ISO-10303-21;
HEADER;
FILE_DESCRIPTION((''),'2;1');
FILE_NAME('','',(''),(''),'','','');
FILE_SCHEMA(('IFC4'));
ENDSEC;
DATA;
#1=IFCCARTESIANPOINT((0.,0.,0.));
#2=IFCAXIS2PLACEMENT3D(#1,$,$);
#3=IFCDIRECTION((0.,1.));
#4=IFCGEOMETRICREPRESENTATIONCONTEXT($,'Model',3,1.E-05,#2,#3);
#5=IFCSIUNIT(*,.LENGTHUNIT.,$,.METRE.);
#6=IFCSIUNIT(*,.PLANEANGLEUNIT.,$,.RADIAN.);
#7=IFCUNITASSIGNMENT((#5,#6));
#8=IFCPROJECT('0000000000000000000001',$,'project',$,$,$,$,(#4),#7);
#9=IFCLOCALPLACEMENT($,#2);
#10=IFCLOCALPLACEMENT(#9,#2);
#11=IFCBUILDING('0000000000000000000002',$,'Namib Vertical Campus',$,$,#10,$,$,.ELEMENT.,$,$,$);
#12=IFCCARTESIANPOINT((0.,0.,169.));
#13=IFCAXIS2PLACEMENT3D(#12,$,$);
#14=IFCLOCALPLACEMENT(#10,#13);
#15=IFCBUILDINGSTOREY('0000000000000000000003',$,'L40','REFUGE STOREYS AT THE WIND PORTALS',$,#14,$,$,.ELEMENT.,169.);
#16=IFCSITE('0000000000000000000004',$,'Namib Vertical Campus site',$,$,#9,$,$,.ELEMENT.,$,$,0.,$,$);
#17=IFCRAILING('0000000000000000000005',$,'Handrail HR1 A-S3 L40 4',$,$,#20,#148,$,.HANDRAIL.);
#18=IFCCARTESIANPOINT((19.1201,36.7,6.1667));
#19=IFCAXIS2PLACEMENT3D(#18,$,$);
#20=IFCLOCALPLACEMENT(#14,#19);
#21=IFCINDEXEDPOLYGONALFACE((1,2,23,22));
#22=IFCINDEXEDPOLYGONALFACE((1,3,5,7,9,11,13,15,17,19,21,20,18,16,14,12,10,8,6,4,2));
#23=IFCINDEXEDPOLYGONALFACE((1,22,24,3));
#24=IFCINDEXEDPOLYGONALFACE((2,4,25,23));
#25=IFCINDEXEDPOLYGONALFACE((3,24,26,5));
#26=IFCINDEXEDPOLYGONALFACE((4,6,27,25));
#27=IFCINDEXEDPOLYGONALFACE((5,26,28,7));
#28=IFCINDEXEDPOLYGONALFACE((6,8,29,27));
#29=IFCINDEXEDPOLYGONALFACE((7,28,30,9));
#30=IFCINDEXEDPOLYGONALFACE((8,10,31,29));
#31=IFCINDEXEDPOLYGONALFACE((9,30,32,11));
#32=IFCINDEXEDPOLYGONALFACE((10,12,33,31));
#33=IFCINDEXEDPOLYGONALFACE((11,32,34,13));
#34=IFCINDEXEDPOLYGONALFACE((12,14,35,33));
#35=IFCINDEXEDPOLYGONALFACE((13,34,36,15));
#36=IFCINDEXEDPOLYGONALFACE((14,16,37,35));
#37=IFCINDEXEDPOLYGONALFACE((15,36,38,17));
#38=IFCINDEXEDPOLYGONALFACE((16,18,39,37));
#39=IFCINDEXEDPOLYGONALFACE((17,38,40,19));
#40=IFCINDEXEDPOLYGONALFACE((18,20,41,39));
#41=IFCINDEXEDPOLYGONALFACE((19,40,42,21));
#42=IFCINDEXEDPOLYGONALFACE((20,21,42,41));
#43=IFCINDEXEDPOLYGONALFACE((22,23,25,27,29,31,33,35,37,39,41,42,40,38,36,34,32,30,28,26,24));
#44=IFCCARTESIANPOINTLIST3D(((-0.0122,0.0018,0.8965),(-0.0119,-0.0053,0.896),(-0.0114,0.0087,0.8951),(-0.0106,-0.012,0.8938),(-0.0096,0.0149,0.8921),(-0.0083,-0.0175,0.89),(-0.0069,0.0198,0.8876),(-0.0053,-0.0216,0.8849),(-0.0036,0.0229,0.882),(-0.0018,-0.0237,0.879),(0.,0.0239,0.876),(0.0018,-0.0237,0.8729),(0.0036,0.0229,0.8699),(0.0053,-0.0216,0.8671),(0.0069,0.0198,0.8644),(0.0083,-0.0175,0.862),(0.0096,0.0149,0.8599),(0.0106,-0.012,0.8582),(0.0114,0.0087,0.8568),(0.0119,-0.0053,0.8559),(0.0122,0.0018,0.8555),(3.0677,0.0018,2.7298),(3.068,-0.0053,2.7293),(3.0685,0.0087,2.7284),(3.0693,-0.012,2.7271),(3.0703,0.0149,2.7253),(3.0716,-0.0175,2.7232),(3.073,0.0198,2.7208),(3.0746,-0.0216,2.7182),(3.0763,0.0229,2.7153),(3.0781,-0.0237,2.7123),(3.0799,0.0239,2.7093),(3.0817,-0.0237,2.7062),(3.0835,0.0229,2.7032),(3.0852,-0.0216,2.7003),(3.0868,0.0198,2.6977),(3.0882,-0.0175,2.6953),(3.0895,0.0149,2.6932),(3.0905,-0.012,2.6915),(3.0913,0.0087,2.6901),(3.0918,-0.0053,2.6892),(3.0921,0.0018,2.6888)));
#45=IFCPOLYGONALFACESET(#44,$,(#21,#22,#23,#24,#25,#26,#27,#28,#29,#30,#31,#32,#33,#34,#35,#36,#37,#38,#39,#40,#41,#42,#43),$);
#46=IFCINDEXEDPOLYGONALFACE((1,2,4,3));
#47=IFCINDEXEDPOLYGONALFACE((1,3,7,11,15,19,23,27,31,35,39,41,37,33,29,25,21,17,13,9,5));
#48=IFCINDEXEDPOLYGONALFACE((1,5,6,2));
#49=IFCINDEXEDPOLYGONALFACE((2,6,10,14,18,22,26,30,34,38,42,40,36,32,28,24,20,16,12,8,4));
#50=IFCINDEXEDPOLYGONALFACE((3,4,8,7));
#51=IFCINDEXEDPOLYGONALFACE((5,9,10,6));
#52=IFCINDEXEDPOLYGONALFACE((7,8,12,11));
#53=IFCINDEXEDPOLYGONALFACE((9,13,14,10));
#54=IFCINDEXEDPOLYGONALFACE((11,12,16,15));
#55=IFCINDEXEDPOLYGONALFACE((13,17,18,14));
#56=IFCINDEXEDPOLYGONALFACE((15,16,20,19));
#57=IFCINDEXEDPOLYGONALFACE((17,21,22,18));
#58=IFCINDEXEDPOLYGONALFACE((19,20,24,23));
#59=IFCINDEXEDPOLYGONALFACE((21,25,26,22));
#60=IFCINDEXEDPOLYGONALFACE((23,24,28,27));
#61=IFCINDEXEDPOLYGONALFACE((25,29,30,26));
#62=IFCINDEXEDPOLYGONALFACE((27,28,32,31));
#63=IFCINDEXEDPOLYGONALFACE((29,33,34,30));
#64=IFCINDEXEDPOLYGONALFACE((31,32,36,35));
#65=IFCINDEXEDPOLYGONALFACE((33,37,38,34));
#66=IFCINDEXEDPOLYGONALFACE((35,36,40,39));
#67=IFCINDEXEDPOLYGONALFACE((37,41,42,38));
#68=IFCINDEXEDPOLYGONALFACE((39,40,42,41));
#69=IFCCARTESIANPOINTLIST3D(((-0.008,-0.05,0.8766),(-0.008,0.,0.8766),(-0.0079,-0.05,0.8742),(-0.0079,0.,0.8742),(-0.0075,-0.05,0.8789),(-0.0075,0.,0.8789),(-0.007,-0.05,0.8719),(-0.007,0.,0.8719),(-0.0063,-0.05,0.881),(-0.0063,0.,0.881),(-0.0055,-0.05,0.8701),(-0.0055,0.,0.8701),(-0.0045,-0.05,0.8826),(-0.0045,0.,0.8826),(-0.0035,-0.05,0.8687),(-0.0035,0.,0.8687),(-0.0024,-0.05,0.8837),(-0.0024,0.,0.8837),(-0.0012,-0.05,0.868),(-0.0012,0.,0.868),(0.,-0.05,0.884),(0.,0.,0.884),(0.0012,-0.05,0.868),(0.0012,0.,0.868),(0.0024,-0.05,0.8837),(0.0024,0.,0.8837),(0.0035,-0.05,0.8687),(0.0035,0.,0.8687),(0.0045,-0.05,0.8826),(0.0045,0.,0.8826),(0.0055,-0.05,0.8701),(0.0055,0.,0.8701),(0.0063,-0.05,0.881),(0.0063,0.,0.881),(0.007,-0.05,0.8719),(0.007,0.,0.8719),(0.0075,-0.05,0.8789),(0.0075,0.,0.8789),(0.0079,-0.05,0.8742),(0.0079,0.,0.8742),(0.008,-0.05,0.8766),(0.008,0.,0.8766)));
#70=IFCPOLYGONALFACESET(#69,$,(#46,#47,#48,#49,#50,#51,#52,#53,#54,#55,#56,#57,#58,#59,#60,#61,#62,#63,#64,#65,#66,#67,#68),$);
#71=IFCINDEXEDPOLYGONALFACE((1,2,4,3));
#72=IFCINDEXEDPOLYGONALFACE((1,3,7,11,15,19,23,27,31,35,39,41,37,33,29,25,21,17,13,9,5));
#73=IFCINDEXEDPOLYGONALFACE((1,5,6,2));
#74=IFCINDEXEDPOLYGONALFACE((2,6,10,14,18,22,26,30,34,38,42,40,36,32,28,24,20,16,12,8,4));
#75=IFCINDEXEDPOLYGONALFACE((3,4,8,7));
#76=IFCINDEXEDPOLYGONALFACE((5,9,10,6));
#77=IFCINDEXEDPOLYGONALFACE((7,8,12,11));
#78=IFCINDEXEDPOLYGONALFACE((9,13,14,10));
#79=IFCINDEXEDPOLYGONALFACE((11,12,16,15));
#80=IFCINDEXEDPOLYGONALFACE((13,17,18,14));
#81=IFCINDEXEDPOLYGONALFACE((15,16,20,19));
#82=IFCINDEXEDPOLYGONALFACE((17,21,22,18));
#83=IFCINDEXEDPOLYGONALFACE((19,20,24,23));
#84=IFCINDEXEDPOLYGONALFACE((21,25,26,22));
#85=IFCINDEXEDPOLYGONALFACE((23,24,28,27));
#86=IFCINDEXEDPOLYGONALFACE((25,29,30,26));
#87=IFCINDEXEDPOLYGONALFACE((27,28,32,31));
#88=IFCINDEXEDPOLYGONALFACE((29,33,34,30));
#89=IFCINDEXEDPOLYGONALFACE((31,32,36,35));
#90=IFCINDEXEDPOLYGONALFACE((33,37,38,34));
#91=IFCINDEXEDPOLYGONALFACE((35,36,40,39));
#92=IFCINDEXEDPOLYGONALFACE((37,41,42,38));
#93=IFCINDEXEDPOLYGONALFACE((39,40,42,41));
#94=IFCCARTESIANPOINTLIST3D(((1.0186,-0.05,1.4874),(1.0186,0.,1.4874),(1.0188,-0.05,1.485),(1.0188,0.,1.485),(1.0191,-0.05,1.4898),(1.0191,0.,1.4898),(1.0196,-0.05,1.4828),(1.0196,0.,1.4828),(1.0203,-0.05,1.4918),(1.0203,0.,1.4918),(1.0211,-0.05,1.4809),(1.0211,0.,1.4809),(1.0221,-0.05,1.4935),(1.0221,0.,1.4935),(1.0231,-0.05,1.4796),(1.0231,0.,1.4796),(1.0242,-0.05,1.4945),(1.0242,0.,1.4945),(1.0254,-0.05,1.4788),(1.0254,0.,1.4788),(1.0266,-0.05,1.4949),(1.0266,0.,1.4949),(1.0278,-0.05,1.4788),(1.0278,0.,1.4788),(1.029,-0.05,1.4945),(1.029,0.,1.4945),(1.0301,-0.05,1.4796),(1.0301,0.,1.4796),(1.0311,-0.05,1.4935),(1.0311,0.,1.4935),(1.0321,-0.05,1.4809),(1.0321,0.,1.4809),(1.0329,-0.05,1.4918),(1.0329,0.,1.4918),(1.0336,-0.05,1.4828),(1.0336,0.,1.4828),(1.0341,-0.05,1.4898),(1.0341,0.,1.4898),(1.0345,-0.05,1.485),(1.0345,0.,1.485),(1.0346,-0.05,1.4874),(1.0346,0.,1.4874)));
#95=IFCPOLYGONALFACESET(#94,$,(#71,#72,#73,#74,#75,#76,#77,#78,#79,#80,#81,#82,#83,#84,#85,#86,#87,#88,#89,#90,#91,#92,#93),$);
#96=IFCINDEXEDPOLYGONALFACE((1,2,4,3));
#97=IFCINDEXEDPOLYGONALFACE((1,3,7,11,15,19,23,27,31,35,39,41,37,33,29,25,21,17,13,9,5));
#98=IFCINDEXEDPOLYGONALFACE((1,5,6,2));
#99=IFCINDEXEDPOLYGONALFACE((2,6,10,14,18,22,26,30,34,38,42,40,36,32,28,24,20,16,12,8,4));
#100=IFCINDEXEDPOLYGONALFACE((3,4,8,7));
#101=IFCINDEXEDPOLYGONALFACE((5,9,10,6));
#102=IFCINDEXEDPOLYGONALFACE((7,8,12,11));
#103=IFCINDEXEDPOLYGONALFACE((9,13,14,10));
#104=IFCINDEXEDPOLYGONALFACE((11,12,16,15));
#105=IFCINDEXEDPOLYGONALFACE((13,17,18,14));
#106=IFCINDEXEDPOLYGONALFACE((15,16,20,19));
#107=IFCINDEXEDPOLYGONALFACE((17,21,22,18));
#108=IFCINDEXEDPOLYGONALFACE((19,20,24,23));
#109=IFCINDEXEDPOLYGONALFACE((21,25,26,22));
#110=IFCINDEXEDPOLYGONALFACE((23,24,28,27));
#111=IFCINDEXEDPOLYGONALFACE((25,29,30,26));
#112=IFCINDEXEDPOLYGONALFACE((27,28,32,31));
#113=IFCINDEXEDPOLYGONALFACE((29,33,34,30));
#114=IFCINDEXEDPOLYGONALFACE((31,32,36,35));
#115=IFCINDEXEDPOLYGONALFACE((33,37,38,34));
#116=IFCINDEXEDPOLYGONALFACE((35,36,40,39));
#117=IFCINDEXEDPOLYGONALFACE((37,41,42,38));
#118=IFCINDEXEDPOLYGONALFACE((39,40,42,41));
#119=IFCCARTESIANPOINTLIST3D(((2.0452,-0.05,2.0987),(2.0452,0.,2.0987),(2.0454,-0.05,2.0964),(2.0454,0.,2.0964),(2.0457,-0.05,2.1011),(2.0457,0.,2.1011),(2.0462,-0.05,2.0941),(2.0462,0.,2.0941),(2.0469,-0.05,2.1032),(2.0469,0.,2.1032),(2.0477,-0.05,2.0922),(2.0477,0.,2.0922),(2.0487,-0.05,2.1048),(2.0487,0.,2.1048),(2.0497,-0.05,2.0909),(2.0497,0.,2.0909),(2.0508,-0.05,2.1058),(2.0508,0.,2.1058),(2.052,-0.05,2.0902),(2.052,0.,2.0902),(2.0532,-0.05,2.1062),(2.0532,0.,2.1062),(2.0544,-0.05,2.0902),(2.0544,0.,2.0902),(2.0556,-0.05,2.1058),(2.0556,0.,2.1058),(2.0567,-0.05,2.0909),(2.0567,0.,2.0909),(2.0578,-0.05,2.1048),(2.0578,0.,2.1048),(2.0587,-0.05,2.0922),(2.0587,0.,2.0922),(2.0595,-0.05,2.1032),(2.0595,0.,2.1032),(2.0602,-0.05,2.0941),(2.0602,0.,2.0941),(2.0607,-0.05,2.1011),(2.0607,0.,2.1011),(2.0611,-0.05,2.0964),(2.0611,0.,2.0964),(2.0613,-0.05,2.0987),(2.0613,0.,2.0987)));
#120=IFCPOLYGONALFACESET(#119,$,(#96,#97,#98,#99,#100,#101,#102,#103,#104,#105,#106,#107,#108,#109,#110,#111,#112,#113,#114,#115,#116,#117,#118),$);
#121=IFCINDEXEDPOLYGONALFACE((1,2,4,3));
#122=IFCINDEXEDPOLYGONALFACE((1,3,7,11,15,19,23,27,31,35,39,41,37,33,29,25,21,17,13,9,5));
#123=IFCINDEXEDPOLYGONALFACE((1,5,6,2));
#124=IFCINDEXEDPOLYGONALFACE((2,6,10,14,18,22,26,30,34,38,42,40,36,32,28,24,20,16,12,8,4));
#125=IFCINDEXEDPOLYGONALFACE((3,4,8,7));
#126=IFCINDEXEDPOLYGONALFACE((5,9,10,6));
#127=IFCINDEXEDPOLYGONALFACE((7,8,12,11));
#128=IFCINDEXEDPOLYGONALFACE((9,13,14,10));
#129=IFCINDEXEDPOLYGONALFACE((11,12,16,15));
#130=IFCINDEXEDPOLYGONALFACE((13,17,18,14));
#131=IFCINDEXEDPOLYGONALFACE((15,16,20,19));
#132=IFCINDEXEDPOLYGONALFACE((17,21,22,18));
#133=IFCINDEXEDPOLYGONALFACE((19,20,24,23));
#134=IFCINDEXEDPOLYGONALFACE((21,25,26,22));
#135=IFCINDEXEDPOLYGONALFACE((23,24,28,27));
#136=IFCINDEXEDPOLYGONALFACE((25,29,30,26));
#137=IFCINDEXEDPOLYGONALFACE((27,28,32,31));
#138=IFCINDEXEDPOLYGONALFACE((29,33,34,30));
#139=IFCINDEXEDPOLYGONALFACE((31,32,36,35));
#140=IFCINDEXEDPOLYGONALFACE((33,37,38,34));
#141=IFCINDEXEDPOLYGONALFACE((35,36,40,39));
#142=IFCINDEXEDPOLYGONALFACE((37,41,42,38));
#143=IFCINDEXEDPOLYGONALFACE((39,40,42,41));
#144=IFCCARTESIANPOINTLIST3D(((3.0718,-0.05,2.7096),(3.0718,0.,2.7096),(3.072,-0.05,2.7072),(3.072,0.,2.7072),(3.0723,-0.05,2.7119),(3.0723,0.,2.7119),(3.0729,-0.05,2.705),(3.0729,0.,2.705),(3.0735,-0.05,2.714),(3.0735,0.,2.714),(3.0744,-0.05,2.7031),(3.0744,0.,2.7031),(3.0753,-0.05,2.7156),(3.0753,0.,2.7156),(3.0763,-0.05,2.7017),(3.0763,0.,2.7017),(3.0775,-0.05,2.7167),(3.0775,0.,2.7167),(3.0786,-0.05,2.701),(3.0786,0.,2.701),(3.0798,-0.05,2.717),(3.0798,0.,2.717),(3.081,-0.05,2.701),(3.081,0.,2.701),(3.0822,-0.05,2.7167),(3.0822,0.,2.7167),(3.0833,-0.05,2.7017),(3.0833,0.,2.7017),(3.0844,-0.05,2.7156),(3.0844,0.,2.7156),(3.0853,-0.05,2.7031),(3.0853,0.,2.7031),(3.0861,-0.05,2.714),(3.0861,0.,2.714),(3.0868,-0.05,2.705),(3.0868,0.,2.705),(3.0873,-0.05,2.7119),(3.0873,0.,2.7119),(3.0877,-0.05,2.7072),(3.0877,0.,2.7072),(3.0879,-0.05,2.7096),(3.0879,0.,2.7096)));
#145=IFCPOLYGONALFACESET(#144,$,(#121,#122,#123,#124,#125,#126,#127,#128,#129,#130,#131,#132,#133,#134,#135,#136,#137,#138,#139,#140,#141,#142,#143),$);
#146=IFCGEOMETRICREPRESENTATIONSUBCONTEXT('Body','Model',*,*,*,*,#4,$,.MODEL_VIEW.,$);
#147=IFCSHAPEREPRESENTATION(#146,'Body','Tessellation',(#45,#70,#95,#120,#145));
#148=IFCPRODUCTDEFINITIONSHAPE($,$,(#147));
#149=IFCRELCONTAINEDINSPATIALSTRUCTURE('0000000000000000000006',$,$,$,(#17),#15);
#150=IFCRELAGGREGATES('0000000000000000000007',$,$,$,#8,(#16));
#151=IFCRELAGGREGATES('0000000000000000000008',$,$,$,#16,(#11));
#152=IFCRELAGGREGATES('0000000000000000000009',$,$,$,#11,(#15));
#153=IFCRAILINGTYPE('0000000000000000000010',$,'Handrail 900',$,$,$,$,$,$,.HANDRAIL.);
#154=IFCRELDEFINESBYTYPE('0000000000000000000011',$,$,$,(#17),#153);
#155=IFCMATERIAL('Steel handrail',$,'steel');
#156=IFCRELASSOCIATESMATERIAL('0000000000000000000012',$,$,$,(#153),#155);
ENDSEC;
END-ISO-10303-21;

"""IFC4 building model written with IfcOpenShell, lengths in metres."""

from ifc_helpers import new_model, si_unit, direction, frame, origin, origin_2d, place, context, subcontext, project, spatial, circle, extrude, material, type_object, element, save


model = new_model("IFC4")

# Units and contexts
model_context = context("Model", 3, precision=1e-05, world=origin(), true_north=direction((0.0, 1.0)))
body_context = subcontext(model_context, "Body", "Model", "MODEL_VIEW")
ifc_project = project(units=[si_unit("LENGTHUNIT", "METRE"), si_unit("PLANEANGLEUNIT", "RADIAN")], contexts=[model_context])

# Site, building, storey
site_placement = place(None, origin())
site = spatial("IfcSite", under=ifc_project, at=site_placement, Name="Namib Vertical Campus site", CompositionType="ELEMENT", RefElevation=0.0)
building_placement = place(site_placement, origin())
building = spatial("IfcBuilding", under=site, at=building_placement, Name="Namib Vertical Campus", CompositionType="ELEMENT")
storey_placement = place(building_placement, frame((0.0, 0.0, 169.0)))
storey = spatial("IfcBuildingStorey", under=building, at=storey_placement, Name="L40", Description="REFUGE STOREYS AT THE WIND PORTALS", CompositionType="ELEMENT", Elevation=169.0)

# Railing
ifc_material_1 = material(Name="Steel handrail", Category="steel")
railing_type_1 = type_object("IfcRailingType", Name="Handrail 900", PredefinedType="HANDRAIL", material=ifc_material_1)
for number, where, name in (
    (1, (19.1201, 36.7, 6.1667), "Handrail HR1 A-S3 L40 4"),
):
    element("IfcRailing", number, at=place(storey_placement, frame(where)), inside=storey, type_object=railing_type_1, Name=name, PredefinedType="HANDRAIL", context=body_context, shape_type="SweptSolid", body=[
        extrude(circle(Radius=0.0239, at=origin_2d()), frame((0.0, 0.0, 0.876), z_axis=(0.859291, 0.0, 0.511487), x_axis=(0.0, 1.0, 0.0)), (0.0, 0.0, 1.0), 3.5842),
        extrude(circle(Radius=0.0081, at=origin_2d()), frame((0.0, 0.0, 0.876), z_axis=(0.0, -1.0, 0.0), x_axis=(0.0, 0.0, 1.0)), (0.0, 0.0, 1.0), 0.05),
        extrude(circle(Radius=0.0081, at=origin_2d()), frame((1.0266, 0.0, 1.4868), z_axis=(0.0, -1.0, 0.0), x_axis=(0.0, 0.0, 1.0)), (0.0, 0.0, 1.0), 0.05),
        extrude(circle(Radius=0.0081, at=origin_2d()), frame((2.0532, 0.0, 2.0981), z_axis=(0.0, -1.0, 0.0), x_axis=(0.0, 0.0, 1.0)), (0.0, 0.0, 1.0), 0.05),
        extrude(circle(Radius=0.0081, at=origin_2d()), frame((3.0798, 0.0, 2.709), z_axis=(0.0, -1.0, 0.0), x_axis=(0.0, 0.0, 1.0)), (0.0, 0.0, 1.0), 0.05),
    ])

save(model, "model.ifc")
